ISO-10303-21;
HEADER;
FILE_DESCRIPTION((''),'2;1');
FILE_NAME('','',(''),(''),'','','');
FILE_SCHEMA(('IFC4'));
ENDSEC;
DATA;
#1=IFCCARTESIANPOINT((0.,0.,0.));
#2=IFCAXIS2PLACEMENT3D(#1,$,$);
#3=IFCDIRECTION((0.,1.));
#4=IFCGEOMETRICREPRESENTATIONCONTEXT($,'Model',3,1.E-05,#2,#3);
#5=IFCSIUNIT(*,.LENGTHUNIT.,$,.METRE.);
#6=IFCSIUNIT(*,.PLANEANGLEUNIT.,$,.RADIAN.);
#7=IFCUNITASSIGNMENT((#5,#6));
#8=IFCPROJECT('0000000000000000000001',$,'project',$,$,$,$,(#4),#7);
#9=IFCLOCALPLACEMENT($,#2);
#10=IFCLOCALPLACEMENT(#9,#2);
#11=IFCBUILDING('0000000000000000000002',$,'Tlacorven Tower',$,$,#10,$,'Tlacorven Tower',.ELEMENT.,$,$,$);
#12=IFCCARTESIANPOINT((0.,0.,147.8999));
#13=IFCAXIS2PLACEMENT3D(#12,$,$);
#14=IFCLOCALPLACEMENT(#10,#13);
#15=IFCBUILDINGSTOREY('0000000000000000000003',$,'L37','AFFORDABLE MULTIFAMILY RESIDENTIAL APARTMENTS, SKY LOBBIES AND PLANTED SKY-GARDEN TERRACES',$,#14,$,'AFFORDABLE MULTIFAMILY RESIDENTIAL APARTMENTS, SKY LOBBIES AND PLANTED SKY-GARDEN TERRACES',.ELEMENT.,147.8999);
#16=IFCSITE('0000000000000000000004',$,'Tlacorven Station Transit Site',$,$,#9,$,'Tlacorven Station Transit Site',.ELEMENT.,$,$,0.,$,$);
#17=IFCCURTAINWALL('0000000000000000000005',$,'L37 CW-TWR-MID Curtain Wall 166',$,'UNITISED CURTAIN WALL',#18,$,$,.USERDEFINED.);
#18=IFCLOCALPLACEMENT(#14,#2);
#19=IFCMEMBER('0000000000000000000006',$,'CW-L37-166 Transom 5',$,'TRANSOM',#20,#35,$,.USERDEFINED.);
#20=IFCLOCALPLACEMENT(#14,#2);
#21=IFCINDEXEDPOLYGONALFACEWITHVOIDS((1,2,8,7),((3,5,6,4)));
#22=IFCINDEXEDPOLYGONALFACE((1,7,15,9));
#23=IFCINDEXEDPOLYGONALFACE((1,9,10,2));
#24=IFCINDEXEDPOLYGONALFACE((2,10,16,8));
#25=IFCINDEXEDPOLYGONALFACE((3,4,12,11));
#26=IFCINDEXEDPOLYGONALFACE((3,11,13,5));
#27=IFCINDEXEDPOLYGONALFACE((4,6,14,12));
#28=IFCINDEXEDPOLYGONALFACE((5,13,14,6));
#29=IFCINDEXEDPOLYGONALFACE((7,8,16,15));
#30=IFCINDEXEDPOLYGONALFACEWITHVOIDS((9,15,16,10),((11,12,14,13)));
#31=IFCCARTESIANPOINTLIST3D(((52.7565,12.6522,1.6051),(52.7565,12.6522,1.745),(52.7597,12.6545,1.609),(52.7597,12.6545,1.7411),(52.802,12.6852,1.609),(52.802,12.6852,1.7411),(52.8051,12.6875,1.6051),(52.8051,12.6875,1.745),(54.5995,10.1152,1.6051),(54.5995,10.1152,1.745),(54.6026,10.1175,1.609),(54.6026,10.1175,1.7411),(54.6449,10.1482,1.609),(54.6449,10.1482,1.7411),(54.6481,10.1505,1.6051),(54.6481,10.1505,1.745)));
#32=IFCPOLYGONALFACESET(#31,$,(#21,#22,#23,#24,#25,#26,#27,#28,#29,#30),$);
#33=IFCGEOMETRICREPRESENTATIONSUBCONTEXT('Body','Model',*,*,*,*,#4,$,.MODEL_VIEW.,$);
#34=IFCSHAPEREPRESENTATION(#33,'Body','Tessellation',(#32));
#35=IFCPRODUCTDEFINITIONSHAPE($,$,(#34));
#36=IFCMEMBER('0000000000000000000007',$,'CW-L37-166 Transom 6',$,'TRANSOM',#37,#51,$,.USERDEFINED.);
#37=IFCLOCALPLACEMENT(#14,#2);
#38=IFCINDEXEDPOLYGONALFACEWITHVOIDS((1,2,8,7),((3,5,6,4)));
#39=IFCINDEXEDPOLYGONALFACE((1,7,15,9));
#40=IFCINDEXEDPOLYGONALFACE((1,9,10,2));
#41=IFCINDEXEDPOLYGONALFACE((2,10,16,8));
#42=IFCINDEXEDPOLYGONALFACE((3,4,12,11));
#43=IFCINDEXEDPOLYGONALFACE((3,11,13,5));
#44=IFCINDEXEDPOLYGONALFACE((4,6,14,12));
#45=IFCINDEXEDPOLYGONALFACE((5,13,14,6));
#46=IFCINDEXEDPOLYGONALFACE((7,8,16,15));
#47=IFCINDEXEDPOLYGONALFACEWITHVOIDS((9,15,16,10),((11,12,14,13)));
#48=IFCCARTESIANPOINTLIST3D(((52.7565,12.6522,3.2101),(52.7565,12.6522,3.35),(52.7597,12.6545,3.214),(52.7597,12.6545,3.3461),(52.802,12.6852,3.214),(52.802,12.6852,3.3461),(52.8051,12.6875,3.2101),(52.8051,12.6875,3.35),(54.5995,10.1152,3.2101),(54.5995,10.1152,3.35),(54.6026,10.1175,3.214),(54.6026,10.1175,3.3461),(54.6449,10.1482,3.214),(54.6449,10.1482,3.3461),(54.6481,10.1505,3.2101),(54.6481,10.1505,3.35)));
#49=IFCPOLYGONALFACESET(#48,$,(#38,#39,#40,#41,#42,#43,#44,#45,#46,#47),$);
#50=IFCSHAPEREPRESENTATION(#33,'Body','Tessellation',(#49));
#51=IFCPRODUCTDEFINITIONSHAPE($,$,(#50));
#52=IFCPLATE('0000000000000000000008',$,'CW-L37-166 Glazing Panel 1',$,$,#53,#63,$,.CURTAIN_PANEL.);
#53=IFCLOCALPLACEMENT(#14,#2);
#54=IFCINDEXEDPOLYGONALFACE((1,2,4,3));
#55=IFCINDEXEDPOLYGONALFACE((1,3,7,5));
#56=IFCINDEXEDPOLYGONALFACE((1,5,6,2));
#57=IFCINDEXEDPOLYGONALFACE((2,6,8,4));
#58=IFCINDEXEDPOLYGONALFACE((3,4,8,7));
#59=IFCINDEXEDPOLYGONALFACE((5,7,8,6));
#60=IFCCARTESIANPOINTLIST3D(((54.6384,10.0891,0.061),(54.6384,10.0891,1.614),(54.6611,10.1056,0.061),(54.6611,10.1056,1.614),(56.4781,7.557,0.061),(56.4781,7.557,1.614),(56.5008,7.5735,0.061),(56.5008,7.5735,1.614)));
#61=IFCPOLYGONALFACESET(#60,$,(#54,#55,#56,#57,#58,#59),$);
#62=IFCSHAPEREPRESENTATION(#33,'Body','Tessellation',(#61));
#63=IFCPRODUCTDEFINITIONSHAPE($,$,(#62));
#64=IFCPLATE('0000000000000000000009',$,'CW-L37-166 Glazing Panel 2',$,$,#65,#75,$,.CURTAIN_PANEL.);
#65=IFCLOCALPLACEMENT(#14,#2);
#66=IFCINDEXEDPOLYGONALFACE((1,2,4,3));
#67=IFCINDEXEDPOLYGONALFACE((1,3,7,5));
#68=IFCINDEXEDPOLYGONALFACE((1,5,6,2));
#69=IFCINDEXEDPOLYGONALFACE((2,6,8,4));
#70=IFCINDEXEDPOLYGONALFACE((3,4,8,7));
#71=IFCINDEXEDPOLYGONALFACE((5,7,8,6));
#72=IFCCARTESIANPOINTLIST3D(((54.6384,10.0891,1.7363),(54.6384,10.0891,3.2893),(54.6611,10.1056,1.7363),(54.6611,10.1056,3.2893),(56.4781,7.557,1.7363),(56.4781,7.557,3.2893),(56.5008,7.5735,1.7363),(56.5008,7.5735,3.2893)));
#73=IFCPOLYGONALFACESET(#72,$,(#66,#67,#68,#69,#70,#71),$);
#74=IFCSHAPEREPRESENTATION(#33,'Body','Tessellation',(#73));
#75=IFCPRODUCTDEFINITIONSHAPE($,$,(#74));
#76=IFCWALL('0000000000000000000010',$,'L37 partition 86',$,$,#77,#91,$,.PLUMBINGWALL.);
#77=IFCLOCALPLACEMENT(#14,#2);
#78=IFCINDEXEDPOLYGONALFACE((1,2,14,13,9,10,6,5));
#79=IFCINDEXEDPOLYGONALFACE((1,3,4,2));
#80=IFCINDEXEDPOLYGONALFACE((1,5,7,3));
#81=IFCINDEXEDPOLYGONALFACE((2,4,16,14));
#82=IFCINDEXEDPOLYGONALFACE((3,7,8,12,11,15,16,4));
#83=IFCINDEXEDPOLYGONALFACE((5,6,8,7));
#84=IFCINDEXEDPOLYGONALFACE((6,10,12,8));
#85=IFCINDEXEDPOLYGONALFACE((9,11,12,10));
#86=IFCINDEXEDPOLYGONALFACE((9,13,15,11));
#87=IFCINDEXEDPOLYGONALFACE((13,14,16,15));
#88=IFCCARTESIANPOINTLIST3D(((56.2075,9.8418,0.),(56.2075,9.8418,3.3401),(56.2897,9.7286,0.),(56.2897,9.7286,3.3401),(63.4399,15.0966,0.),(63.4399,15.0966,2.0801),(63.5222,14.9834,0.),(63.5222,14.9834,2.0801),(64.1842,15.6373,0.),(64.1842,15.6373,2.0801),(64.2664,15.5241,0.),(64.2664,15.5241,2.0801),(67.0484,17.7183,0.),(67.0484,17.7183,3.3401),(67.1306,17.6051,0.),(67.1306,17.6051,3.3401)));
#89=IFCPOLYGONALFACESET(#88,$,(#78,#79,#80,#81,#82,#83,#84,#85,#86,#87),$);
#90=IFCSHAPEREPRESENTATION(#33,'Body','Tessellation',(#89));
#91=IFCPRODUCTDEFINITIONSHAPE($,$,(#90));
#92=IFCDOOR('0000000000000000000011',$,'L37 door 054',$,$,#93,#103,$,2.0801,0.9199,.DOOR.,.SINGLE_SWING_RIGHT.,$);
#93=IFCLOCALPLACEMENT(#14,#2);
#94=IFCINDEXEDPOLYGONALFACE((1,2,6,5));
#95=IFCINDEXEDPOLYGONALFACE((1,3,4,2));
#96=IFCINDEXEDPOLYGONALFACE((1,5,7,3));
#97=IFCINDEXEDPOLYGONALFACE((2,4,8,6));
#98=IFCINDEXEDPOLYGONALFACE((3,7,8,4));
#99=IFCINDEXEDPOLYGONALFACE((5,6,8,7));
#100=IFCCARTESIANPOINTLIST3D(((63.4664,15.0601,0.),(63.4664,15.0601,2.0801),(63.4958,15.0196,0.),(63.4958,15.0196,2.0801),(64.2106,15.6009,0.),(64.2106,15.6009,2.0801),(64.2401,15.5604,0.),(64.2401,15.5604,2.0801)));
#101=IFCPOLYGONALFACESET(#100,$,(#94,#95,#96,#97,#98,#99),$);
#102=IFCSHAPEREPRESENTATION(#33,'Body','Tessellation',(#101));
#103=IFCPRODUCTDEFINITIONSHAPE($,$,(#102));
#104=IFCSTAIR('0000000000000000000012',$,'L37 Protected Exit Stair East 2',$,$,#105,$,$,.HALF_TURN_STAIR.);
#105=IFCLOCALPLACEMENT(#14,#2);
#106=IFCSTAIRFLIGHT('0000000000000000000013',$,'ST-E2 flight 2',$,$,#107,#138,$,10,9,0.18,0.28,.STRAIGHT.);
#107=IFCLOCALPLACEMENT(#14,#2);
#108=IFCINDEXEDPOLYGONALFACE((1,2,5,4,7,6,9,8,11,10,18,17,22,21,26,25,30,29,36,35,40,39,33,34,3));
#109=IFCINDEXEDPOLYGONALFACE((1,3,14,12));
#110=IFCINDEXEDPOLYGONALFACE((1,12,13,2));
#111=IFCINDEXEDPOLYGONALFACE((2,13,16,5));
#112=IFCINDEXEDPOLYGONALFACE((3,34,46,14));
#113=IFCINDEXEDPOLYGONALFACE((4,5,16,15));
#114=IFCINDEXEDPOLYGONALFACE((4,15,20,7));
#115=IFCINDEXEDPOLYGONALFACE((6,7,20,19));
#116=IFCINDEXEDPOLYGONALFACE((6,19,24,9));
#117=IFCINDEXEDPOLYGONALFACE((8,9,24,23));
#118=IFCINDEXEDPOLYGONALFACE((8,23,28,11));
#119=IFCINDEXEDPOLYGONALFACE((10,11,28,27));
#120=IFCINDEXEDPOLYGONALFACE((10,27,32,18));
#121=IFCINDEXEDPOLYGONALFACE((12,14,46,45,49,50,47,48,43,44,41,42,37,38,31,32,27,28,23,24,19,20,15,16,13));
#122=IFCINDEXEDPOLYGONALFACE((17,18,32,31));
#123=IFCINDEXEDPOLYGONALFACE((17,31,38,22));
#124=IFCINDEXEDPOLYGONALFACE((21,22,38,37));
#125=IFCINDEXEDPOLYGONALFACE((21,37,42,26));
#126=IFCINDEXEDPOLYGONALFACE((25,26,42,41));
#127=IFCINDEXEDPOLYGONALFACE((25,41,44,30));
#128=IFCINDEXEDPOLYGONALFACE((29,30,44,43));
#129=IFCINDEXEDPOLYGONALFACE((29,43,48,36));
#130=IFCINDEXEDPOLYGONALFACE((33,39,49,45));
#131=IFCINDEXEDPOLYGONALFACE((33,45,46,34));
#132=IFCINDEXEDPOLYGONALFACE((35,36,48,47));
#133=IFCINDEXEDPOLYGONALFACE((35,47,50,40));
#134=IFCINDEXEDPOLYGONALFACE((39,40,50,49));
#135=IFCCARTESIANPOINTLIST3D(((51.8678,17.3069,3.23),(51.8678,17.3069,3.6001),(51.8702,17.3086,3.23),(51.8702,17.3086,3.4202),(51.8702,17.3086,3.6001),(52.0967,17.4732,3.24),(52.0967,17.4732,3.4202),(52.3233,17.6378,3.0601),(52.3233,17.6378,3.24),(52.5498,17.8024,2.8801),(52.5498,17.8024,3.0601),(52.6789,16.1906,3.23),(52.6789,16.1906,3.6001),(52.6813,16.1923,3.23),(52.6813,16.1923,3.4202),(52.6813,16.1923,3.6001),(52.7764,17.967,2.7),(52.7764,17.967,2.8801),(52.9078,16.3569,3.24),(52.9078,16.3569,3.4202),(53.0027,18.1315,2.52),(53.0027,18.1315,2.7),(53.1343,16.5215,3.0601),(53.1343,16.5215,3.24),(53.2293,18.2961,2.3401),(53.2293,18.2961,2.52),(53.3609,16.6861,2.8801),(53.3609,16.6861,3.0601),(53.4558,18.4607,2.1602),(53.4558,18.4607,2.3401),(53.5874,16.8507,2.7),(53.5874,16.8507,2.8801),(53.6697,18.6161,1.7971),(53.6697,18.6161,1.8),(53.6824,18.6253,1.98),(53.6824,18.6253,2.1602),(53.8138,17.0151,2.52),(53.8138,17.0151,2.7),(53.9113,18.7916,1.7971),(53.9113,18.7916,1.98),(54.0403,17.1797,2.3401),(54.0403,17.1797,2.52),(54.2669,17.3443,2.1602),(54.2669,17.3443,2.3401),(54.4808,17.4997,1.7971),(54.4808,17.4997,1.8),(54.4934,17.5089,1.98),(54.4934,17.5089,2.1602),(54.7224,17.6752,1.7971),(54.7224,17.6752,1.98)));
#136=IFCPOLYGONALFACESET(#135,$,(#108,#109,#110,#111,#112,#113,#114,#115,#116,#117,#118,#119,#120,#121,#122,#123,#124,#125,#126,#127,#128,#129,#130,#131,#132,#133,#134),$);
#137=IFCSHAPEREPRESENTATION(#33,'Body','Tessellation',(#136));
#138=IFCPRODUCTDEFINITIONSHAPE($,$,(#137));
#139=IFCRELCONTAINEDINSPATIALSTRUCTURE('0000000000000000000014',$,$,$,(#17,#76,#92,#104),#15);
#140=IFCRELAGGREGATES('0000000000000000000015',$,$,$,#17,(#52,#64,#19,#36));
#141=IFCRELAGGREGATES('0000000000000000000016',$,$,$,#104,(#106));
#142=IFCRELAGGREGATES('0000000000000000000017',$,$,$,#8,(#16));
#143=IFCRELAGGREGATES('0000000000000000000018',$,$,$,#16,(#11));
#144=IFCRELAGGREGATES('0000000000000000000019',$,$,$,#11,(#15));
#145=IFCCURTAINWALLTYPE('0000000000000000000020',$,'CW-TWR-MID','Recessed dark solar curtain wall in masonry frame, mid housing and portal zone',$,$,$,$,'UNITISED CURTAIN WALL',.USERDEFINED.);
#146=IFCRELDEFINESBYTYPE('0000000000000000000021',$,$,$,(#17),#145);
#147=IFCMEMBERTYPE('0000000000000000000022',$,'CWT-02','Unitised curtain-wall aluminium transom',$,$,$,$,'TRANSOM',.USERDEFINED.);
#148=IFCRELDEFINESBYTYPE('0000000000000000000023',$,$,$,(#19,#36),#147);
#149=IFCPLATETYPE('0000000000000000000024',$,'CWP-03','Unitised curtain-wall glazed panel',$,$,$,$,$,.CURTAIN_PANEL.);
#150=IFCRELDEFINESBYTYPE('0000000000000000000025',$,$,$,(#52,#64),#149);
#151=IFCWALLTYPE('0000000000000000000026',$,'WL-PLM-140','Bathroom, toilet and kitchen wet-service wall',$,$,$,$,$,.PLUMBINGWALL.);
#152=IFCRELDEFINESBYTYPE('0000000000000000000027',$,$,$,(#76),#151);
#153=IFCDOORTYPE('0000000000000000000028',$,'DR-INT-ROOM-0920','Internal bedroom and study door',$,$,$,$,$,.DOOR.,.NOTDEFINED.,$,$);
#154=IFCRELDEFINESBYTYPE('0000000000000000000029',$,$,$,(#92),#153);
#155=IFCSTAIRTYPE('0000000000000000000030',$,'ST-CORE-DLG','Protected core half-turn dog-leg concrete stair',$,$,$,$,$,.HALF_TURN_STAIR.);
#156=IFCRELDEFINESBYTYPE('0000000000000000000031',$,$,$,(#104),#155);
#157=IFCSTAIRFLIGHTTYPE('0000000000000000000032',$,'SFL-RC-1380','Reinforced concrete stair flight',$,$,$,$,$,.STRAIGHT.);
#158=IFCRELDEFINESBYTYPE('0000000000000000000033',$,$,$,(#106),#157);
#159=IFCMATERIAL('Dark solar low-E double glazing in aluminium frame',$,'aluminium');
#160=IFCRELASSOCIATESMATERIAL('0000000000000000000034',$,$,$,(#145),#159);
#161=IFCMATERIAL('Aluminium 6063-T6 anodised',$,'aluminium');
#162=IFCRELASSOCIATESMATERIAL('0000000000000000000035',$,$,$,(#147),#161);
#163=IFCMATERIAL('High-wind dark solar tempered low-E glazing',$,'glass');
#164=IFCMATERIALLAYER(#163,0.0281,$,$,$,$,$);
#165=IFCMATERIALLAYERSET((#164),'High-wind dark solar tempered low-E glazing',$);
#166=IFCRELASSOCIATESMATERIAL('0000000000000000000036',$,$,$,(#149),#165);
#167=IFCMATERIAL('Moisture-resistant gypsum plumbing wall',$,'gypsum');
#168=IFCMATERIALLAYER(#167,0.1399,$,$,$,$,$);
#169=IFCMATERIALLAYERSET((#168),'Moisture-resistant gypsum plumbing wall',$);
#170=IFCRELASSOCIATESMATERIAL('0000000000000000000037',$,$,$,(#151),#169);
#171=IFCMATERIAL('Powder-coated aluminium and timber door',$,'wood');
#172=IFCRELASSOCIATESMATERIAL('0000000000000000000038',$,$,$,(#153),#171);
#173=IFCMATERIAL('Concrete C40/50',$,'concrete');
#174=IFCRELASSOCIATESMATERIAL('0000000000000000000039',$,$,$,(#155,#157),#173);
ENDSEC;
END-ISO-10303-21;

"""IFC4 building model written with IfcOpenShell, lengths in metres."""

from ifc_helpers import new_model, si_unit, direction, frame, frame_2d, origin, origin_2d, place, context, subcontext, project, spatial, polyline, rectangle, hollow_rectangle, outline, extrude, source, transform, mapped, material, layer, layer_set, material_profile, profile_set, type_object, element, fill, aggregate, save


model = new_model("IFC4")

# Units and contexts
model_context = context("Model", 3, precision=1e-05, world=origin(), true_north=direction((0.0, 1.0)))
body_context = subcontext(model_context, "Body", "Model", "MODEL_VIEW")
ifc_project = project(units=[si_unit("LENGTHUNIT", "METRE"), si_unit("PLANEANGLEUNIT", "RADIAN")], contexts=[model_context])

# Site, building, storey
site_placement = place(None, origin())
site = spatial("IfcSite", under=ifc_project, at=site_placement, Name="Tlacorven Station Transit Site", LongName="Tlacorven Station Transit Site", CompositionType="ELEMENT", RefElevation=0.0)
building_placement = place(site_placement, origin())
building = spatial("IfcBuilding", under=site, at=building_placement, Name="Tlacorven Tower", LongName="Tlacorven Tower", CompositionType="ELEMENT")
storey_placement = place(building_placement, frame((0.0, 0.0, 147.8999)))
storey = spatial("IfcBuildingStorey", under=building, at=storey_placement, Name="L37", Description="AFFORDABLE MULTIFAMILY RESIDENTIAL APARTMENTS, SKY LOBBIES AND PLANTED SKY-GARDEN TERRACES", LongName="AFFORDABLE MULTIFAMILY RESIDENTIAL APARTMENTS, SKY LOBBIES AND PLANTED SKY-GARDEN TERRACES", CompositionType="ELEMENT", Elevation=147.8999)

# Curtain wall, members, plates
ifc_material_1 = material(Name="Dark solar low-E double glazing in aluminium frame", Category="aluminium")
curtain_wall_type = type_object("IfcCurtainWallType", Name="CW-TWR-MID", Description="Recessed dark solar curtain wall in masonry frame, mid housing and portal zone", ElementType="UNITISED CURTAIN WALL", PredefinedType="USERDEFINED", material=ifc_material_1)
curtain_wall_placement = place(storey_placement, origin())
curtain_wall = element("IfcCurtainWall", 1, at=curtain_wall_placement, inside=storey, type_object=curtain_wall_type, Name="L37 CW-TWR-MID Curtain Wall 166", ObjectType="UNITISED CURTAIN WALL", PredefinedType="USERDEFINED")
ifc_material_2 = material(Name="Aluminium 6063-T6 anodised", Category="aluminium")
ifc_material_profile_1 = material_profile(ifc_material_2, hollow_rectangle(XDim=0.0601, YDim=0.1399, WallThickness=0.0039, at=origin_2d()), Name="ALU TRANSOM 60X140")
ifc_profile_set_1 = profile_set([ifc_material_profile_1], Name="Aluminium 6063-T6 anodised")
member_type_1 = type_object("IfcMemberType", Name="CWT-02", Description="Unitised curtain-wall aluminium transom", ElementType="TRANSOM", PredefinedType="USERDEFINED", material=ifc_profile_set_1)
shared_shape_1 = source(origin(), body_context, "Body", "SweptSolid", [
    extrude(hollow_rectangle(XDim=0.0601, YDim=0.1399, WallThickness=0.0039, at=origin_2d()), origin(), (0.0, 0.0, 1.0), 3.1357),
])
member_1_placement = place(storey_placement, frame((54.6238, 10.1328, 1.675), z_axis=(-0.587723, 0.809063, 0.0), x_axis=(-0.809063, -0.587723, 0.0)))
member_1 = element("IfcMember", 2, at=member_1_placement, type_object=member_type_1, Name="CW-L37-166 Transom 5", ObjectType="TRANSOM", PredefinedType="USERDEFINED", context=body_context, shape_type="MappedRepresentation", body=[
    mapped(shared_shape_1, transform((0.0, 0.0, 0.0), scale=1.0)),
])
member_2_placement = place(storey_placement, frame((54.6238, 10.1328, 3.28), z_axis=(-0.587723, 0.809063, 0.0), x_axis=(-0.809063, -0.587723, 0.0)))
member_2 = element("IfcMember", 3, at=member_2_placement, type_object=member_type_1, Name="CW-L37-166 Transom 6", ObjectType="TRANSOM", PredefinedType="USERDEFINED", context=body_context, shape_type="MappedRepresentation", body=[
    mapped(shared_shape_1, transform((0.0, 0.0, 0.0), scale=1.0)),
])
ifc_material_3 = material(Name="High-wind dark solar tempered low-E glazing", Category="glass")
ifc_layer_1 = layer(ifc_material_3, 0.0281)
ifc_layer_set_1 = layer_set([ifc_layer_1], Name="High-wind dark solar tempered low-E glazing")
plate_type = type_object("IfcPlateType", Name="CWP-03", Description="Unitised curtain-wall glazed panel", PredefinedType="CURTAIN_PANEL", material=ifc_layer_set_1)
shared_shape_2 = source(origin(), body_context, "Body", "SweptSolid", [
    extrude(rectangle(XDim=3.1299, YDim=0.0281, at=origin_2d()), origin(), (0.0, 0.0, 1.0), 1.553),
])
plate_1_placement = place(storey_placement, frame((55.5696, 8.8313, 0.061), z_axis=(0.0, 0.0, 1.0), x_axis=(-0.587785, 0.809017, 0.0)))
plate_1 = element("IfcPlate", 4, at=plate_1_placement, type_object=plate_type, Name="CW-L37-166 Glazing Panel 1", PredefinedType="CURTAIN_PANEL", context=body_context, shape_type="MappedRepresentation", body=[
    mapped(shared_shape_2, transform((0.0, 0.0, 0.0), scale=1.0)),
])
plate_2_placement = place(storey_placement, frame((55.5696, 8.8313, 1.7363), z_axis=(0.0, 0.0, 1.0), x_axis=(-0.587785, 0.809017, 0.0)))
plate_2 = element("IfcPlate", 5, at=plate_2_placement, type_object=plate_type, Name="CW-L37-166 Glazing Panel 2", PredefinedType="CURTAIN_PANEL", context=body_context, shape_type="MappedRepresentation", body=[
    mapped(shared_shape_2, transform((0.0, 0.0, 0.0), scale=1.0)),
])
aggregate(curtain_wall, [plate_1, plate_2, member_1, member_2])

# Wall, opening, door
ifc_material_4 = material(Name="Moisture-resistant gypsum plumbing wall", Category="gypsum")
ifc_layer_2 = layer(ifc_material_4, 0.1399)
ifc_layer_set_2 = layer_set([ifc_layer_2], Name="Moisture-resistant gypsum plumbing wall")
wall_type = type_object("IfcWallType", Name="WL-PLM-140", Description="Bathroom, toilet and kitchen wet-service wall", PredefinedType="PLUMBINGWALL", material=ifc_layer_set_2)
wall_placement = place(storey_placement, frame((56.2485, 9.7852, 0.0), z_axis=(0.0, 0.0, 1.0), x_axis=(0.809012, 0.587792, 0.0)))
wall = element("IfcWall", 6, at=wall_placement, inside=storey, type_object=wall_type, Name="L37 partition 86", PredefinedType="PLUMBINGWALL", context=body_context, shape_type="SweptSolid", body=[
    extrude(rectangle(XDim=13.4001, YDim=0.1399, at=frame_2d((6.7002, 0.0))), origin(), (0.0, 0.0, 1.0), 3.3401),
])
opening_placement = place(wall_placement, frame((8.9399, 0.0, 0.0)))
opening = element("IfcOpeningElement", 7, at=opening_placement, cuts=wall, PredefinedType="OPENING", context=body_context, shape_type="SweptSolid", body=[
    extrude(rectangle(XDim=0.9199, YDim=2.0801, at=frame_2d((0.46, 1.04))), frame((0.0, 0.0801, 0.0), z_axis=(0.0, -1.0, 0.0), x_axis=(1.0, 0.0, 0.0)), (0.0, 0.0, 1.0), 0.1599),
])
ifc_material_5 = material(Name="Powder-coated aluminium and timber door", Category="wood")
door_type = type_object("IfcDoorType", Name="DR-INT-ROOM-0920", Description="Internal bedroom and study door", OperationType="NOTDEFINED", PredefinedType="DOOR", material=ifc_material_5)
shared_shape_3 = source(origin(), body_context, "Body", "SweptSolid", [
    extrude(rectangle(XDim=0.9199, YDim=2.0801, at=frame_2d((0.46, 1.04))), frame((0.0, 0.0249, 0.0), z_axis=(0.0, -1.0, 0.0), x_axis=(1.0, 0.0, 0.0)), (0.0, 0.0, 1.0), 0.05),
])
door_placement = place(opening_placement, origin())
door = element("IfcDoor", 8, at=door_placement, inside=storey, type_object=door_type, Name="L37 door 054", OperationType="SINGLE_SWING_RIGHT", OverallHeight=2.0801, OverallWidth=0.9199, PredefinedType="DOOR", context=body_context, shape_type="MappedRepresentation", body=[
    mapped(shared_shape_3, transform((0.0, 0.0, 0.0), scale=1.0)),
])
fill(opening, door)

# Stair, stair flight
ifc_material_6 = material(Name="Concrete C40/50", Category="concrete")
stair_type = type_object("IfcStairType", Name="ST-CORE-DLG", Description="Protected core half-turn dog-leg concrete stair", PredefinedType="HALF_TURN_STAIR", material=ifc_material_6)
stair_placement = place(storey_placement, origin())
stair = element("IfcStair", 9, at=stair_placement, inside=storey, type_object=stair_type, Name="L37 Protected Exit Stair East 2", PredefinedType="HALF_TURN_STAIR")
stair_flight_type = type_object("IfcStairFlightType", Name="SFL-RC-1380", Description="Reinforced concrete stair flight", PredefinedType="STRAIGHT", material=ifc_material_6)
shared_shape_4 = source(origin(), body_context, "Body", "SweptSolid", [
    extrude(outline(polyline([(-0.0029, -0.0029), (-0.0029, 0.1799), (0.28, 0.1799), (0.28, 0.3601), (0.5601, 0.3601), (0.5601, 0.54), (0.8401, 0.54), (0.8401, 0.72), (1.1201, 0.72), (1.1201, 0.8999), (1.3999, 0.8999), (1.3999, 1.0801), (1.6799, 1.0801), (1.6799, 1.26), (1.96, 1.26), (1.96, 1.4399), (2.24, 1.4399), (2.24, 1.6201), (2.52, 1.6201), (2.52, 1.8), (2.5229, 1.8), (2.5229, 1.4299), (2.52, 1.4299), (0.2957, 0.0), (0.2957, -0.0029), (-0.0029, -0.0029)])), frame((0.0, 0.6899, 0.0), z_axis=(0.0, -1.0, 0.0), x_axis=(1.0, 0.0, 0.0)), (0.0, 0.0, 1.0), 1.3799),
])
stair_flight_placement = place(storey_placement, frame((54.3145, 18.2317, 1.8), z_axis=(0.0, 0.0, 1.0), x_axis=(-0.809017, -0.587785, 0.0)))
stair_flight = element("IfcStairFlight", 10, at=stair_flight_placement, type_object=stair_flight_type, Name="ST-E2 flight 2", NumberOfRisers=10, NumberOfTreads=9, PredefinedType="STRAIGHT", RiserHeight=0.18, TreadLength=0.28, context=body_context, shape_type="MappedRepresentation", body=[
    mapped(shared_shape_4, transform((0.0, 0.0, 0.0), scale=1.0)),
])
aggregate(stair, [stair_flight])

save(model, "model.ifc")
